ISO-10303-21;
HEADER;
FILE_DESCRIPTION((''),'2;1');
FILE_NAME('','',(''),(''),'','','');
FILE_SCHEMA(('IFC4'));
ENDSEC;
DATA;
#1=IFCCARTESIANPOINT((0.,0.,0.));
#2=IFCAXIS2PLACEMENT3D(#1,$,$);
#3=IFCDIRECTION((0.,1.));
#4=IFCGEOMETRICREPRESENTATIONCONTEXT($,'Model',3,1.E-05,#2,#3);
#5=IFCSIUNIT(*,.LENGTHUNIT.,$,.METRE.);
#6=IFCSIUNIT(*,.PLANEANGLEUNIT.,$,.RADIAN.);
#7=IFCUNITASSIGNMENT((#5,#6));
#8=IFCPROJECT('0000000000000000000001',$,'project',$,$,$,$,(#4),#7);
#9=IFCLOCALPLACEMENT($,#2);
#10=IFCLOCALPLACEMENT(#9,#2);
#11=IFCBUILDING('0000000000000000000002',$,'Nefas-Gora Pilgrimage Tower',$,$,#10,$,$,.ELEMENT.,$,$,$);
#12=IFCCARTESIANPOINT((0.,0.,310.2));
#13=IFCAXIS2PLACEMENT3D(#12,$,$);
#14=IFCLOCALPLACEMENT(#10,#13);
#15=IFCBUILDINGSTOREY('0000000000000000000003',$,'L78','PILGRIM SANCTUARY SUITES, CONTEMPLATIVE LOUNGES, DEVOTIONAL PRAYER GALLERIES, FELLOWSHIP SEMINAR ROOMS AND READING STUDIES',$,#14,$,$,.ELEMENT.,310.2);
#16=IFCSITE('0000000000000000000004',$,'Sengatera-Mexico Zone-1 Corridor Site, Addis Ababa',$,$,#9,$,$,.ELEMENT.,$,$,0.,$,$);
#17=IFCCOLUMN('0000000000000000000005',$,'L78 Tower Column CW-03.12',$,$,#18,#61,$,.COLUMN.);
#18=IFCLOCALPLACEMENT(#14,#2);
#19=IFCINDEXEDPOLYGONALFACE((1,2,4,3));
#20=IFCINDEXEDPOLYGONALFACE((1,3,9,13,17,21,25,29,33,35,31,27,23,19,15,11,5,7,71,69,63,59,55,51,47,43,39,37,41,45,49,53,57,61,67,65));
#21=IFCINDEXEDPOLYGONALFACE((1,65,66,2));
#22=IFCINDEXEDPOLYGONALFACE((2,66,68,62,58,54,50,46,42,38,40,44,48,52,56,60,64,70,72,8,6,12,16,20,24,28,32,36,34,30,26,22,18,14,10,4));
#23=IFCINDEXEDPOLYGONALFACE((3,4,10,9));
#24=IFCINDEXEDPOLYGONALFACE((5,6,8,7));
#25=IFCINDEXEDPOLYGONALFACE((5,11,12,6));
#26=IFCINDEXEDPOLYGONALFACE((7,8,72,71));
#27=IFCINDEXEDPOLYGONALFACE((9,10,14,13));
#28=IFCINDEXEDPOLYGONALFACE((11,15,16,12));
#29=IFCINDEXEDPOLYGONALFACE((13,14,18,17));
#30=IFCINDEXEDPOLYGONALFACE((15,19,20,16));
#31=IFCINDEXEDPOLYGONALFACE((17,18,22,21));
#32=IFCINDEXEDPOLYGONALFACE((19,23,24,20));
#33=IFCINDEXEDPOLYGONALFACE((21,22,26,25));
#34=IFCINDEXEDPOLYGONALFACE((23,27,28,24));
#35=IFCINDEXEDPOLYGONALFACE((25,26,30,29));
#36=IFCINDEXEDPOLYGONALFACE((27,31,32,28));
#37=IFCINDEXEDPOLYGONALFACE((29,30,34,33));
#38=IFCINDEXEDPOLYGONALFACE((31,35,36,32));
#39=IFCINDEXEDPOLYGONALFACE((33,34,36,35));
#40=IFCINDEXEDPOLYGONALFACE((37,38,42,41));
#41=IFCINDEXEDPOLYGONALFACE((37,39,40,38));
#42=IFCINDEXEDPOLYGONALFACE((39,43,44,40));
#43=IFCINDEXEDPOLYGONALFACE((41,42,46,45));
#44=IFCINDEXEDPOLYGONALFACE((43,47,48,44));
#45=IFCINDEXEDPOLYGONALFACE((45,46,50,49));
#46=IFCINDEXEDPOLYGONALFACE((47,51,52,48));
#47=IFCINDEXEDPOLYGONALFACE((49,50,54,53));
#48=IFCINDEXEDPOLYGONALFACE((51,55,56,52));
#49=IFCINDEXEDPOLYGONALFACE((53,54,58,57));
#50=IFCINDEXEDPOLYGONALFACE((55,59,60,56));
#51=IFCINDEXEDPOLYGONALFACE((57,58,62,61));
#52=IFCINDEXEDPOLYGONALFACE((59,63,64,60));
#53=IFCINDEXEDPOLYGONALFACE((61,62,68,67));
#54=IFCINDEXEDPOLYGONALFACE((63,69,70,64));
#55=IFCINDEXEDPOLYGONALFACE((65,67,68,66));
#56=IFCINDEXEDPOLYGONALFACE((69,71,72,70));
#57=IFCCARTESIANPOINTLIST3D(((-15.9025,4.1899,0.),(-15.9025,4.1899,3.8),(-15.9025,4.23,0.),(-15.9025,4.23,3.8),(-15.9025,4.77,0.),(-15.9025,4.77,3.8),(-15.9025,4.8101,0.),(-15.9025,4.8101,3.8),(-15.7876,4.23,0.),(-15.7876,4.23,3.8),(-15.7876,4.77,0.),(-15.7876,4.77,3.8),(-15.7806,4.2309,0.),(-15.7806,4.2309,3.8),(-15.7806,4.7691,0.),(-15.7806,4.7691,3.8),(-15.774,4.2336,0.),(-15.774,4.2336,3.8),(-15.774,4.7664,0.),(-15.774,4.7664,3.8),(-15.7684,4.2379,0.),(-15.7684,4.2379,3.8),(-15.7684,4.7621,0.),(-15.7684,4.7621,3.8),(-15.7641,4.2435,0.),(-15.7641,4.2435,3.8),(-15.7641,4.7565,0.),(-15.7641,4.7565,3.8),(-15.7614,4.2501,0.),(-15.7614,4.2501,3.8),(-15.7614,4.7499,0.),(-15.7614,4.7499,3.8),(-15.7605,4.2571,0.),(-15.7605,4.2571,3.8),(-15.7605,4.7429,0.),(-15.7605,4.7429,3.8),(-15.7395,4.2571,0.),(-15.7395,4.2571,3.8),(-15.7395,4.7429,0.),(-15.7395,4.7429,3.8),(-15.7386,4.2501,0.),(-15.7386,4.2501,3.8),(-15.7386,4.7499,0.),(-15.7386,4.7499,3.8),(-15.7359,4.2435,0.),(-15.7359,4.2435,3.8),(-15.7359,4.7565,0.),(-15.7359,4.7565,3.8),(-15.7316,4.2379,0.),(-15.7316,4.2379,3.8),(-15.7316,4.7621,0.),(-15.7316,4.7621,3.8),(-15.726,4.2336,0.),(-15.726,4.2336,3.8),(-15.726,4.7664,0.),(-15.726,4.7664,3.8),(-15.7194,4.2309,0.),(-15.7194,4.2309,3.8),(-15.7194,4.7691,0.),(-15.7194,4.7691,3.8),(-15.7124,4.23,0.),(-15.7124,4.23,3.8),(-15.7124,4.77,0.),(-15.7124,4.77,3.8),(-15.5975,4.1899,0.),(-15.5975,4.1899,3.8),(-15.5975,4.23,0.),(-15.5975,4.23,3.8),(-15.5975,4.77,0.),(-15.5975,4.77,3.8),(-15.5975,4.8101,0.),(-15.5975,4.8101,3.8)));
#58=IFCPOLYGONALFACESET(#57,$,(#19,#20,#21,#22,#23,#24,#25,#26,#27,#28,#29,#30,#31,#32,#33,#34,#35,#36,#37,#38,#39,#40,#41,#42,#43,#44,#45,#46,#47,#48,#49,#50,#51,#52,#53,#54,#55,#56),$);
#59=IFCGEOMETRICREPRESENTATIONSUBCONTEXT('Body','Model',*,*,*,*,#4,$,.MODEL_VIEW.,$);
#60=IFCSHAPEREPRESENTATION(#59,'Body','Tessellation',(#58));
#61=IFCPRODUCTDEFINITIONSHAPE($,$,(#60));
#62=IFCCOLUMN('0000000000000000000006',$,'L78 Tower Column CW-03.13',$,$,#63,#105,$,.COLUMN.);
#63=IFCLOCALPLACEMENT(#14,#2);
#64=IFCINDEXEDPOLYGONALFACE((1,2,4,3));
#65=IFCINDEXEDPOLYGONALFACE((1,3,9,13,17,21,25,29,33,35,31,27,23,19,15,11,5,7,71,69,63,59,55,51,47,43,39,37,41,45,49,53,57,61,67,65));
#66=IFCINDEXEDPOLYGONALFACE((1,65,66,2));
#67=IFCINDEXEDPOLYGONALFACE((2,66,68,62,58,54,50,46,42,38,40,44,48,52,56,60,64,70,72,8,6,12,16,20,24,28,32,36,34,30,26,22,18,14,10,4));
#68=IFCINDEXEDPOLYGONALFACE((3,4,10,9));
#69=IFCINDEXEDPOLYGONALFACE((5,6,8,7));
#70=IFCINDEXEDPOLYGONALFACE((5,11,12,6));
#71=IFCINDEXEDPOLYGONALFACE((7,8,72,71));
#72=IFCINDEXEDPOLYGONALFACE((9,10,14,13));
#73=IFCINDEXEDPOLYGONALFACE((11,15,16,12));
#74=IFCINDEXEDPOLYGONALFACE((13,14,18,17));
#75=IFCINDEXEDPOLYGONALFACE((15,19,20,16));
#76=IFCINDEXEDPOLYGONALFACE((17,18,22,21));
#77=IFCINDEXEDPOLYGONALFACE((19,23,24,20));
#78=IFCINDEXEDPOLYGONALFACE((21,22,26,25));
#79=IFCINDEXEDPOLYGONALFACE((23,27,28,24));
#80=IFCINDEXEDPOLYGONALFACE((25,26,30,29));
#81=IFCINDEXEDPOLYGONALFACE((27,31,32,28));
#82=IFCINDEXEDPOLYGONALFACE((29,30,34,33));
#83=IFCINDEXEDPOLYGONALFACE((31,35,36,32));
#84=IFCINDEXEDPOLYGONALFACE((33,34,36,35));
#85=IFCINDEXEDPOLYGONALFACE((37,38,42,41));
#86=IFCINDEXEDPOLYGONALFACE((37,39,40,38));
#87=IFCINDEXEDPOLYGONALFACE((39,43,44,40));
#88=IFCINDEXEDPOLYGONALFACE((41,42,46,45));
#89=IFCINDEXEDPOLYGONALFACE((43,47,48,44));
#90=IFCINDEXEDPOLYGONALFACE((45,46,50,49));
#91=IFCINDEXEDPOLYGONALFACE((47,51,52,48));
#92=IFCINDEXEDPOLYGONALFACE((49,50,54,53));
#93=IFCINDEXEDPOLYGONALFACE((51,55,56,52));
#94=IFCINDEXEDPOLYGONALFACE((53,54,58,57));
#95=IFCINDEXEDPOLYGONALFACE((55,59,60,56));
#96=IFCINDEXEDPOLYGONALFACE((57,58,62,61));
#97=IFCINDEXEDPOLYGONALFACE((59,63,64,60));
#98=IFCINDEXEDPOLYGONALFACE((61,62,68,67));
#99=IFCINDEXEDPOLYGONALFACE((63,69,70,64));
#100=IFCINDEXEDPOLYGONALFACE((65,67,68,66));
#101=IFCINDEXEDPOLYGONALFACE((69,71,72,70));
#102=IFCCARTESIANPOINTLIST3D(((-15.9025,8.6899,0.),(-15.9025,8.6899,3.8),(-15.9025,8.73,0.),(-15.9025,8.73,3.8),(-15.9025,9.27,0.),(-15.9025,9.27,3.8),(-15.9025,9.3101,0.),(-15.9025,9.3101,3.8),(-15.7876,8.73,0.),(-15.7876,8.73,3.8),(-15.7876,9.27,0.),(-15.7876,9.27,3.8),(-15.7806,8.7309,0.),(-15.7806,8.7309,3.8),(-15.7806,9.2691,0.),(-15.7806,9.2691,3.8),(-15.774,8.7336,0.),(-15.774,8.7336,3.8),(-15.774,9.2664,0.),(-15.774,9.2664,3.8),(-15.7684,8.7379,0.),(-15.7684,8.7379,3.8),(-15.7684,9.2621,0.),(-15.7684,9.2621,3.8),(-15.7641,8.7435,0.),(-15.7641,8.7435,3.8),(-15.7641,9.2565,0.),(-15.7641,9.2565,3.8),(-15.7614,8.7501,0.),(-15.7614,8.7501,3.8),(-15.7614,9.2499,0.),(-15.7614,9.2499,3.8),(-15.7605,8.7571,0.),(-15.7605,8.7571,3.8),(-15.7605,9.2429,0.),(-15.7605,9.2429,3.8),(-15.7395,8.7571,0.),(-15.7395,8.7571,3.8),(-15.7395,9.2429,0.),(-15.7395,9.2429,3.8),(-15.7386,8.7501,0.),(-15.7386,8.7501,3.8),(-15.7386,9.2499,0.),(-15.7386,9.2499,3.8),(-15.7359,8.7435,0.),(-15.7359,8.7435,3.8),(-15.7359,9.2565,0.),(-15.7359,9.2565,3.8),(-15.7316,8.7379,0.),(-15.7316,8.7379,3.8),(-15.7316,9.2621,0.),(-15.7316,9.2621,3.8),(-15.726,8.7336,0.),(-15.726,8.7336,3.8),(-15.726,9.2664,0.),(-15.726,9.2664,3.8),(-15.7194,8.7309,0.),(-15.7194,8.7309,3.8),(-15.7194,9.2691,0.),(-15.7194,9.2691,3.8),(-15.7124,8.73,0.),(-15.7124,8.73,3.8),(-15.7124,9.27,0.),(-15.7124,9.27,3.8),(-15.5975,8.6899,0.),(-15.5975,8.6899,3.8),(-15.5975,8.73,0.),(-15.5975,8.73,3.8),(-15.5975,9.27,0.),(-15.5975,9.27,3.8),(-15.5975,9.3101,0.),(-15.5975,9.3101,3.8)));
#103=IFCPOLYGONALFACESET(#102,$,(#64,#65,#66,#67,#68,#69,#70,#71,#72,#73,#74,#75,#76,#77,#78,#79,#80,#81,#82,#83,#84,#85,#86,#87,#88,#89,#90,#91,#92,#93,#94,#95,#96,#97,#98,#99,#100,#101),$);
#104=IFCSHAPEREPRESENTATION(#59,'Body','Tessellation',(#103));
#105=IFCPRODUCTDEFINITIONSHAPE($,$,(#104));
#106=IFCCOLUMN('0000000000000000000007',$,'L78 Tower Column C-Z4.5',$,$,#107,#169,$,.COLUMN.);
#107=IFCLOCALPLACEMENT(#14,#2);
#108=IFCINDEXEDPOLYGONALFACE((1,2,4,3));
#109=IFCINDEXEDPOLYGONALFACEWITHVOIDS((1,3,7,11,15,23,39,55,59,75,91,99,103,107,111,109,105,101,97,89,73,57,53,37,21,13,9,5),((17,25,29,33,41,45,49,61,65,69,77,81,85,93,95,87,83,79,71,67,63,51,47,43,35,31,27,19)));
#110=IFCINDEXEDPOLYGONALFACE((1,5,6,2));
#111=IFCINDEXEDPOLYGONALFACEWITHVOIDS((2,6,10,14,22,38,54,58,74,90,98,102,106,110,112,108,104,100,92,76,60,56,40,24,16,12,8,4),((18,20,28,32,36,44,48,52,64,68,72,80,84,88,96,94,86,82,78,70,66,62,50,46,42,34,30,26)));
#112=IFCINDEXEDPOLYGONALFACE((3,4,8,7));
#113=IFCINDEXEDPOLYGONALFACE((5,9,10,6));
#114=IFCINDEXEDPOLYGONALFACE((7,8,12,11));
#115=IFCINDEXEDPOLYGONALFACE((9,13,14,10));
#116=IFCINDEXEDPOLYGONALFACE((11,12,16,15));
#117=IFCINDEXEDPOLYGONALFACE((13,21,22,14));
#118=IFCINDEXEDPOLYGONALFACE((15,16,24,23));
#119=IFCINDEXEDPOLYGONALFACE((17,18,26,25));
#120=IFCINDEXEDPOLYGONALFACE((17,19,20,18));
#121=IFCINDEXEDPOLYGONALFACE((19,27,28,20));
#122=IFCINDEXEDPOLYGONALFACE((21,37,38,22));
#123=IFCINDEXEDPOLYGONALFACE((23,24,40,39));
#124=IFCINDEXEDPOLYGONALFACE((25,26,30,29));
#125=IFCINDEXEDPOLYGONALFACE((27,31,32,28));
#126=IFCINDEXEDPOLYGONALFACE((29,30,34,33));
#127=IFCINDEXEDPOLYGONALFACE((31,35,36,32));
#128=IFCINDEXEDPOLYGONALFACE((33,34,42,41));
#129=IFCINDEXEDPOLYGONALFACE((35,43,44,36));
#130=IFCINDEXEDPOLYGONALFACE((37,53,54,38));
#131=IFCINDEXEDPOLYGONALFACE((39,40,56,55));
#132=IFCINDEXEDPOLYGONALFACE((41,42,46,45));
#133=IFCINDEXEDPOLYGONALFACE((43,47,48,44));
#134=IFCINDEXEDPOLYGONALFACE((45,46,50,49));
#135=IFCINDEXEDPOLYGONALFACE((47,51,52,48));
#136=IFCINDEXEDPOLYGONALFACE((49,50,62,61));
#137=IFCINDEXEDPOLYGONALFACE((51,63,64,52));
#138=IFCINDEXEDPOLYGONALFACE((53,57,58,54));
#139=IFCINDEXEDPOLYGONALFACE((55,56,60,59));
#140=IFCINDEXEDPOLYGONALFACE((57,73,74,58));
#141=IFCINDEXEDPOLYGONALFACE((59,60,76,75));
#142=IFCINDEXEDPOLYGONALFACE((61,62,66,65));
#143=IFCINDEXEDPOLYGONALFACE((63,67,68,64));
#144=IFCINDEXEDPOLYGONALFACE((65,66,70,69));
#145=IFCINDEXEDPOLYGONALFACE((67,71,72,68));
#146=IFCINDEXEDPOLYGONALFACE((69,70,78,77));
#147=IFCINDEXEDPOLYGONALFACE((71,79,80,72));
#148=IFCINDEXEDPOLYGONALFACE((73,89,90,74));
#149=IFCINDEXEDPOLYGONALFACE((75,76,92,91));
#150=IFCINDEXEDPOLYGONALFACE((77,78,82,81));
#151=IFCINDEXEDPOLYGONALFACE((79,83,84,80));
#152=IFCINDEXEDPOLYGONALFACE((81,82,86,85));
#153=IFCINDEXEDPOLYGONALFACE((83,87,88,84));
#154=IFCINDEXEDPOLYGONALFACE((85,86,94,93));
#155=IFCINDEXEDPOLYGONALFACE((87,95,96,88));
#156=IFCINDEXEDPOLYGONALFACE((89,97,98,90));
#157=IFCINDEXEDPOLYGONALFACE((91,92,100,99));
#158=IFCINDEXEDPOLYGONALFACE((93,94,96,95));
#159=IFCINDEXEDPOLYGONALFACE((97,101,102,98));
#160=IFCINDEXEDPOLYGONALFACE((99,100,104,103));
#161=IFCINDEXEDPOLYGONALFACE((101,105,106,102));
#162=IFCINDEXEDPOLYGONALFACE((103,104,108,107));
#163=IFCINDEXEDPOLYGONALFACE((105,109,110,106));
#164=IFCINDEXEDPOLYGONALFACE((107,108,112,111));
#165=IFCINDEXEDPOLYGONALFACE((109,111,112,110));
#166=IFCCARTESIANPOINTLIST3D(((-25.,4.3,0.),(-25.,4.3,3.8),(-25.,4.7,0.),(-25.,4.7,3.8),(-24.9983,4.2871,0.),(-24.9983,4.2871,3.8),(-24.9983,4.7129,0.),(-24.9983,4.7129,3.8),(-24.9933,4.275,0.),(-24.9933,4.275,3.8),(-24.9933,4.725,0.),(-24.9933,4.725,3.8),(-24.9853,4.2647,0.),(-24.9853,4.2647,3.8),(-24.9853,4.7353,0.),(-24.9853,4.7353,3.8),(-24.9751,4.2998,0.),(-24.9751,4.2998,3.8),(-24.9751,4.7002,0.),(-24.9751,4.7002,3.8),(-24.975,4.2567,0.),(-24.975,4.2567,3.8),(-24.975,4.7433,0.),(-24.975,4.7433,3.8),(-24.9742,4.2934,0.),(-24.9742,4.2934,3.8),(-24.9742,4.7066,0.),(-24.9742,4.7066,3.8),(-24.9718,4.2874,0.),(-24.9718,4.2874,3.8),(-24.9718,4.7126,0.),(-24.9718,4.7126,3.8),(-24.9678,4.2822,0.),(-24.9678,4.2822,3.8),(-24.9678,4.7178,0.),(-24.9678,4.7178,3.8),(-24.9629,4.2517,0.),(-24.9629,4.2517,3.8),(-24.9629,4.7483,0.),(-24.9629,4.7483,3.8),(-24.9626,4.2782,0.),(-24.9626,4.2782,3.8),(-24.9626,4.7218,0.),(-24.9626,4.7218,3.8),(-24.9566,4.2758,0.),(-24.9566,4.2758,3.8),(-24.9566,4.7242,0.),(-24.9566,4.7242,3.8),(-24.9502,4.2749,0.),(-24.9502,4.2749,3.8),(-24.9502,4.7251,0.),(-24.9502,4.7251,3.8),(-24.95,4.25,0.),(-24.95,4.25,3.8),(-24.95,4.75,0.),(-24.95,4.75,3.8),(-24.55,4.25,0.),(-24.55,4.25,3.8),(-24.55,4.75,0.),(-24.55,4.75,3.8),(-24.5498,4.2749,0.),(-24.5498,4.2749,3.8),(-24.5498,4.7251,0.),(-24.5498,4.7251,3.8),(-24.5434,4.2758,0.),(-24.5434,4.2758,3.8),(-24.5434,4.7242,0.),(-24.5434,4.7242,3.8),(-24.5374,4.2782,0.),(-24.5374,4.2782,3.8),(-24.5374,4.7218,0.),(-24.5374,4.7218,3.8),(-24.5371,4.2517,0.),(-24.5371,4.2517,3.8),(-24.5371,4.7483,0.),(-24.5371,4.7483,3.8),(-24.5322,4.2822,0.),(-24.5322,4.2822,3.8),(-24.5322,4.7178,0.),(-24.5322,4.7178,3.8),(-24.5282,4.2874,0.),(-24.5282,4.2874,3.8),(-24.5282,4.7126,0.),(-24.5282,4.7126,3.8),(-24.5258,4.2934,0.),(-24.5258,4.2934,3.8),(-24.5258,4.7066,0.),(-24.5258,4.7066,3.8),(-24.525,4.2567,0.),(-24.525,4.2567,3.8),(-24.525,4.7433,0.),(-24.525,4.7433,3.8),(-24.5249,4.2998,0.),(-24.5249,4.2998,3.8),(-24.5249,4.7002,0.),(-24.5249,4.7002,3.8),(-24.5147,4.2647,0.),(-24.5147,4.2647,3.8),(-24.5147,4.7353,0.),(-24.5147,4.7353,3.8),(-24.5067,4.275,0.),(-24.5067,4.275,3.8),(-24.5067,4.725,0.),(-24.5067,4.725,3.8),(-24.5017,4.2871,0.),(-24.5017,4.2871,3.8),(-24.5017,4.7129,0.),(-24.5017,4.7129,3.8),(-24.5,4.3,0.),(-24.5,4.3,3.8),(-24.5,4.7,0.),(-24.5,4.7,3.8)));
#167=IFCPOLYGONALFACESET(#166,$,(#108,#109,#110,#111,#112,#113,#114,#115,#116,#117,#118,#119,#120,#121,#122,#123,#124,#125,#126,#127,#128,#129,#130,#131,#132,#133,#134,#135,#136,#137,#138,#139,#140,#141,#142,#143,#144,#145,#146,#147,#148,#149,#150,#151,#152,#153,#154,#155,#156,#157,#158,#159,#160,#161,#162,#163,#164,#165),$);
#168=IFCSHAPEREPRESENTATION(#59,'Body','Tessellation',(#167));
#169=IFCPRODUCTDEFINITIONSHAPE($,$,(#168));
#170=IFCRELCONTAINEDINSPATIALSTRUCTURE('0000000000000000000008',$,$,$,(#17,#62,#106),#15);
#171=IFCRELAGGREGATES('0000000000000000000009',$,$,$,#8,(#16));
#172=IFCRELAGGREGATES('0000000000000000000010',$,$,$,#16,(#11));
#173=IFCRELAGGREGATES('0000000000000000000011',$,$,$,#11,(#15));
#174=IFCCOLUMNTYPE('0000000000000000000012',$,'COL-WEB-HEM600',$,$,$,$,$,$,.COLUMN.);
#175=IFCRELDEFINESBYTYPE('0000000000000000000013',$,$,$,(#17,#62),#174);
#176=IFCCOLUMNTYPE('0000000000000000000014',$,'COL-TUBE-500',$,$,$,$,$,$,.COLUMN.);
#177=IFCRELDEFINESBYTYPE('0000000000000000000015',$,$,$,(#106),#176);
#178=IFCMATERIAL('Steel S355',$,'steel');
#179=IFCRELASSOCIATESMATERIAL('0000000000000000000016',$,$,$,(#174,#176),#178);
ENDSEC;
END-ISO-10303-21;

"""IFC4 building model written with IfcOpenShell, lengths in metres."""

from ifc_helpers import new_model, si_unit, direction, frame, origin, origin_2d, place, context, subcontext, project, spatial, hollow_rectangle, i_section, extrude, source, transform, mapped, material, material_profile, profile_set, type_object, element, save


model = new_model("IFC4")

# Units and contexts
model_context = context("Model", 3, precision=1e-05, world=origin(), true_north=direction((0.0, 1.0)))
body_context = subcontext(model_context, "Body", "Model", "MODEL_VIEW")
ifc_project = project(units=[si_unit("LENGTHUNIT", "METRE"), si_unit("PLANEANGLEUNIT", "RADIAN")], contexts=[model_context])

# Site, building, storey
site_placement = place(None, origin())
site = spatial("IfcSite", under=ifc_project, at=site_placement, Name="Sengatera-Mexico Zone-1 Corridor Site, Addis Ababa", CompositionType="ELEMENT", RefElevation=0.0)
building_placement = place(site_placement, origin())
building = spatial("IfcBuilding", under=site, at=building_placement, Name="Nefas-Gora Pilgrimage Tower", CompositionType="ELEMENT")
storey_placement = place(building_placement, frame((0.0, 0.0, 310.2)))
storey = spatial("IfcBuildingStorey", under=building, at=storey_placement, Name="L78", Description="PILGRIM SANCTUARY SUITES, CONTEMPLATIVE LOUNGES, DEVOTIONAL PRAYER GALLERIES, FELLOWSHIP SEMINAR ROOMS AND READING STUDIES", CompositionType="ELEMENT", Elevation=310.2)

# Columns
ifc_material_1 = material(Name="Steel S355", Category="steel")
ifc_material_profile_1 = material_profile(ifc_material_1, i_section(OverallWidth=0.3049, OverallDepth=0.6201, WebThickness=0.021, FlangeThickness=0.04, FilletRadius=0.0271, at=origin_2d()), Name="HEM 600")
ifc_profile_set_1 = profile_set([ifc_material_profile_1], Name="Steel S355")
column_type_1 = type_object("IfcColumnType", Name="COL-WEB-HEM600", PredefinedType="COLUMN", material=ifc_profile_set_1)
shared_shape_1 = source(origin(), body_context, "Body", "SweptSolid", [
    extrude(i_section(OverallWidth=0.3049, OverallDepth=0.6201, WebThickness=0.021, FlangeThickness=0.04, FilletRadius=0.0271, at=origin_2d()), origin(), (0.0, 0.0, 1.0), 3.8),
])
for number, where, z_axis, x_axis, name in (
    (1, (-15.75, 4.5, 0.0), (0.0, 0.0, 1.0), (1.0, 0.0, 0.0), "L78 Tower Column CW-03.12"),
    (2, (-15.75, 9.0, 0.0), (0.0, 0.0, 1.0), (1.0, 0.0, 0.0), "L78 Tower Column CW-03.13"),
):
    element("IfcColumn", number, at=place(storey_placement, frame(where, z_axis=z_axis, x_axis=x_axis)), inside=storey, type_object=column_type_1, Name=name, PredefinedType="COLUMN", context=body_context, shape_type="MappedRepresentation", body=[
        mapped(shared_shape_1, transform((0.0, 0.0, 0.0), x_axis=(1.0, 0.0, 0.0), y_axis=(0.0, 1.0, 0.0), z_axis=(0.0, 0.0, 1.0), scale=1.0)),
    ])
ifc_material_profile_2 = material_profile(ifc_material_1, hollow_rectangle(XDim=0.5, YDim=0.5, WallThickness=0.0249, InnerFilletRadius=0.0249, OuterFilletRadius=0.05, at=origin_2d()), Name="SHS 500x500x25")
ifc_profile_set_2 = profile_set([ifc_material_profile_2], Name="Steel S355")
column_type_2 = type_object("IfcColumnType", Name="COL-TUBE-500", PredefinedType="COLUMN", material=ifc_profile_set_2)
shared_shape_2 = source(origin(), body_context, "Body", "SweptSolid", [
    extrude(hollow_rectangle(XDim=0.5, YDim=0.5, WallThickness=0.0249, InnerFilletRadius=0.0249, OuterFilletRadius=0.05, at=origin_2d()), origin(), (0.0, 0.0, 1.0), 3.8),
])
for number, where, z_axis, x_axis, name in (
    (3, (-24.75, 4.5, 0.0), (0.0, 0.0, 1.0), (1.0, 0.0, 0.0), "L78 Tower Column C-Z4.5"),
):
    element("IfcColumn", number, at=place(storey_placement, frame(where, z_axis=z_axis, x_axis=x_axis)), inside=storey, type_object=column_type_2, Name=name, PredefinedType="COLUMN", context=body_context, shape_type="MappedRepresentation", body=[
        mapped(shared_shape_2, transform((0.0, 0.0, 0.0), x_axis=(1.0, 0.0, 0.0), y_axis=(0.0, 1.0, 0.0), z_axis=(0.0, 0.0, 1.0), scale=1.0)),
    ])

save(model, "model.ifc")
